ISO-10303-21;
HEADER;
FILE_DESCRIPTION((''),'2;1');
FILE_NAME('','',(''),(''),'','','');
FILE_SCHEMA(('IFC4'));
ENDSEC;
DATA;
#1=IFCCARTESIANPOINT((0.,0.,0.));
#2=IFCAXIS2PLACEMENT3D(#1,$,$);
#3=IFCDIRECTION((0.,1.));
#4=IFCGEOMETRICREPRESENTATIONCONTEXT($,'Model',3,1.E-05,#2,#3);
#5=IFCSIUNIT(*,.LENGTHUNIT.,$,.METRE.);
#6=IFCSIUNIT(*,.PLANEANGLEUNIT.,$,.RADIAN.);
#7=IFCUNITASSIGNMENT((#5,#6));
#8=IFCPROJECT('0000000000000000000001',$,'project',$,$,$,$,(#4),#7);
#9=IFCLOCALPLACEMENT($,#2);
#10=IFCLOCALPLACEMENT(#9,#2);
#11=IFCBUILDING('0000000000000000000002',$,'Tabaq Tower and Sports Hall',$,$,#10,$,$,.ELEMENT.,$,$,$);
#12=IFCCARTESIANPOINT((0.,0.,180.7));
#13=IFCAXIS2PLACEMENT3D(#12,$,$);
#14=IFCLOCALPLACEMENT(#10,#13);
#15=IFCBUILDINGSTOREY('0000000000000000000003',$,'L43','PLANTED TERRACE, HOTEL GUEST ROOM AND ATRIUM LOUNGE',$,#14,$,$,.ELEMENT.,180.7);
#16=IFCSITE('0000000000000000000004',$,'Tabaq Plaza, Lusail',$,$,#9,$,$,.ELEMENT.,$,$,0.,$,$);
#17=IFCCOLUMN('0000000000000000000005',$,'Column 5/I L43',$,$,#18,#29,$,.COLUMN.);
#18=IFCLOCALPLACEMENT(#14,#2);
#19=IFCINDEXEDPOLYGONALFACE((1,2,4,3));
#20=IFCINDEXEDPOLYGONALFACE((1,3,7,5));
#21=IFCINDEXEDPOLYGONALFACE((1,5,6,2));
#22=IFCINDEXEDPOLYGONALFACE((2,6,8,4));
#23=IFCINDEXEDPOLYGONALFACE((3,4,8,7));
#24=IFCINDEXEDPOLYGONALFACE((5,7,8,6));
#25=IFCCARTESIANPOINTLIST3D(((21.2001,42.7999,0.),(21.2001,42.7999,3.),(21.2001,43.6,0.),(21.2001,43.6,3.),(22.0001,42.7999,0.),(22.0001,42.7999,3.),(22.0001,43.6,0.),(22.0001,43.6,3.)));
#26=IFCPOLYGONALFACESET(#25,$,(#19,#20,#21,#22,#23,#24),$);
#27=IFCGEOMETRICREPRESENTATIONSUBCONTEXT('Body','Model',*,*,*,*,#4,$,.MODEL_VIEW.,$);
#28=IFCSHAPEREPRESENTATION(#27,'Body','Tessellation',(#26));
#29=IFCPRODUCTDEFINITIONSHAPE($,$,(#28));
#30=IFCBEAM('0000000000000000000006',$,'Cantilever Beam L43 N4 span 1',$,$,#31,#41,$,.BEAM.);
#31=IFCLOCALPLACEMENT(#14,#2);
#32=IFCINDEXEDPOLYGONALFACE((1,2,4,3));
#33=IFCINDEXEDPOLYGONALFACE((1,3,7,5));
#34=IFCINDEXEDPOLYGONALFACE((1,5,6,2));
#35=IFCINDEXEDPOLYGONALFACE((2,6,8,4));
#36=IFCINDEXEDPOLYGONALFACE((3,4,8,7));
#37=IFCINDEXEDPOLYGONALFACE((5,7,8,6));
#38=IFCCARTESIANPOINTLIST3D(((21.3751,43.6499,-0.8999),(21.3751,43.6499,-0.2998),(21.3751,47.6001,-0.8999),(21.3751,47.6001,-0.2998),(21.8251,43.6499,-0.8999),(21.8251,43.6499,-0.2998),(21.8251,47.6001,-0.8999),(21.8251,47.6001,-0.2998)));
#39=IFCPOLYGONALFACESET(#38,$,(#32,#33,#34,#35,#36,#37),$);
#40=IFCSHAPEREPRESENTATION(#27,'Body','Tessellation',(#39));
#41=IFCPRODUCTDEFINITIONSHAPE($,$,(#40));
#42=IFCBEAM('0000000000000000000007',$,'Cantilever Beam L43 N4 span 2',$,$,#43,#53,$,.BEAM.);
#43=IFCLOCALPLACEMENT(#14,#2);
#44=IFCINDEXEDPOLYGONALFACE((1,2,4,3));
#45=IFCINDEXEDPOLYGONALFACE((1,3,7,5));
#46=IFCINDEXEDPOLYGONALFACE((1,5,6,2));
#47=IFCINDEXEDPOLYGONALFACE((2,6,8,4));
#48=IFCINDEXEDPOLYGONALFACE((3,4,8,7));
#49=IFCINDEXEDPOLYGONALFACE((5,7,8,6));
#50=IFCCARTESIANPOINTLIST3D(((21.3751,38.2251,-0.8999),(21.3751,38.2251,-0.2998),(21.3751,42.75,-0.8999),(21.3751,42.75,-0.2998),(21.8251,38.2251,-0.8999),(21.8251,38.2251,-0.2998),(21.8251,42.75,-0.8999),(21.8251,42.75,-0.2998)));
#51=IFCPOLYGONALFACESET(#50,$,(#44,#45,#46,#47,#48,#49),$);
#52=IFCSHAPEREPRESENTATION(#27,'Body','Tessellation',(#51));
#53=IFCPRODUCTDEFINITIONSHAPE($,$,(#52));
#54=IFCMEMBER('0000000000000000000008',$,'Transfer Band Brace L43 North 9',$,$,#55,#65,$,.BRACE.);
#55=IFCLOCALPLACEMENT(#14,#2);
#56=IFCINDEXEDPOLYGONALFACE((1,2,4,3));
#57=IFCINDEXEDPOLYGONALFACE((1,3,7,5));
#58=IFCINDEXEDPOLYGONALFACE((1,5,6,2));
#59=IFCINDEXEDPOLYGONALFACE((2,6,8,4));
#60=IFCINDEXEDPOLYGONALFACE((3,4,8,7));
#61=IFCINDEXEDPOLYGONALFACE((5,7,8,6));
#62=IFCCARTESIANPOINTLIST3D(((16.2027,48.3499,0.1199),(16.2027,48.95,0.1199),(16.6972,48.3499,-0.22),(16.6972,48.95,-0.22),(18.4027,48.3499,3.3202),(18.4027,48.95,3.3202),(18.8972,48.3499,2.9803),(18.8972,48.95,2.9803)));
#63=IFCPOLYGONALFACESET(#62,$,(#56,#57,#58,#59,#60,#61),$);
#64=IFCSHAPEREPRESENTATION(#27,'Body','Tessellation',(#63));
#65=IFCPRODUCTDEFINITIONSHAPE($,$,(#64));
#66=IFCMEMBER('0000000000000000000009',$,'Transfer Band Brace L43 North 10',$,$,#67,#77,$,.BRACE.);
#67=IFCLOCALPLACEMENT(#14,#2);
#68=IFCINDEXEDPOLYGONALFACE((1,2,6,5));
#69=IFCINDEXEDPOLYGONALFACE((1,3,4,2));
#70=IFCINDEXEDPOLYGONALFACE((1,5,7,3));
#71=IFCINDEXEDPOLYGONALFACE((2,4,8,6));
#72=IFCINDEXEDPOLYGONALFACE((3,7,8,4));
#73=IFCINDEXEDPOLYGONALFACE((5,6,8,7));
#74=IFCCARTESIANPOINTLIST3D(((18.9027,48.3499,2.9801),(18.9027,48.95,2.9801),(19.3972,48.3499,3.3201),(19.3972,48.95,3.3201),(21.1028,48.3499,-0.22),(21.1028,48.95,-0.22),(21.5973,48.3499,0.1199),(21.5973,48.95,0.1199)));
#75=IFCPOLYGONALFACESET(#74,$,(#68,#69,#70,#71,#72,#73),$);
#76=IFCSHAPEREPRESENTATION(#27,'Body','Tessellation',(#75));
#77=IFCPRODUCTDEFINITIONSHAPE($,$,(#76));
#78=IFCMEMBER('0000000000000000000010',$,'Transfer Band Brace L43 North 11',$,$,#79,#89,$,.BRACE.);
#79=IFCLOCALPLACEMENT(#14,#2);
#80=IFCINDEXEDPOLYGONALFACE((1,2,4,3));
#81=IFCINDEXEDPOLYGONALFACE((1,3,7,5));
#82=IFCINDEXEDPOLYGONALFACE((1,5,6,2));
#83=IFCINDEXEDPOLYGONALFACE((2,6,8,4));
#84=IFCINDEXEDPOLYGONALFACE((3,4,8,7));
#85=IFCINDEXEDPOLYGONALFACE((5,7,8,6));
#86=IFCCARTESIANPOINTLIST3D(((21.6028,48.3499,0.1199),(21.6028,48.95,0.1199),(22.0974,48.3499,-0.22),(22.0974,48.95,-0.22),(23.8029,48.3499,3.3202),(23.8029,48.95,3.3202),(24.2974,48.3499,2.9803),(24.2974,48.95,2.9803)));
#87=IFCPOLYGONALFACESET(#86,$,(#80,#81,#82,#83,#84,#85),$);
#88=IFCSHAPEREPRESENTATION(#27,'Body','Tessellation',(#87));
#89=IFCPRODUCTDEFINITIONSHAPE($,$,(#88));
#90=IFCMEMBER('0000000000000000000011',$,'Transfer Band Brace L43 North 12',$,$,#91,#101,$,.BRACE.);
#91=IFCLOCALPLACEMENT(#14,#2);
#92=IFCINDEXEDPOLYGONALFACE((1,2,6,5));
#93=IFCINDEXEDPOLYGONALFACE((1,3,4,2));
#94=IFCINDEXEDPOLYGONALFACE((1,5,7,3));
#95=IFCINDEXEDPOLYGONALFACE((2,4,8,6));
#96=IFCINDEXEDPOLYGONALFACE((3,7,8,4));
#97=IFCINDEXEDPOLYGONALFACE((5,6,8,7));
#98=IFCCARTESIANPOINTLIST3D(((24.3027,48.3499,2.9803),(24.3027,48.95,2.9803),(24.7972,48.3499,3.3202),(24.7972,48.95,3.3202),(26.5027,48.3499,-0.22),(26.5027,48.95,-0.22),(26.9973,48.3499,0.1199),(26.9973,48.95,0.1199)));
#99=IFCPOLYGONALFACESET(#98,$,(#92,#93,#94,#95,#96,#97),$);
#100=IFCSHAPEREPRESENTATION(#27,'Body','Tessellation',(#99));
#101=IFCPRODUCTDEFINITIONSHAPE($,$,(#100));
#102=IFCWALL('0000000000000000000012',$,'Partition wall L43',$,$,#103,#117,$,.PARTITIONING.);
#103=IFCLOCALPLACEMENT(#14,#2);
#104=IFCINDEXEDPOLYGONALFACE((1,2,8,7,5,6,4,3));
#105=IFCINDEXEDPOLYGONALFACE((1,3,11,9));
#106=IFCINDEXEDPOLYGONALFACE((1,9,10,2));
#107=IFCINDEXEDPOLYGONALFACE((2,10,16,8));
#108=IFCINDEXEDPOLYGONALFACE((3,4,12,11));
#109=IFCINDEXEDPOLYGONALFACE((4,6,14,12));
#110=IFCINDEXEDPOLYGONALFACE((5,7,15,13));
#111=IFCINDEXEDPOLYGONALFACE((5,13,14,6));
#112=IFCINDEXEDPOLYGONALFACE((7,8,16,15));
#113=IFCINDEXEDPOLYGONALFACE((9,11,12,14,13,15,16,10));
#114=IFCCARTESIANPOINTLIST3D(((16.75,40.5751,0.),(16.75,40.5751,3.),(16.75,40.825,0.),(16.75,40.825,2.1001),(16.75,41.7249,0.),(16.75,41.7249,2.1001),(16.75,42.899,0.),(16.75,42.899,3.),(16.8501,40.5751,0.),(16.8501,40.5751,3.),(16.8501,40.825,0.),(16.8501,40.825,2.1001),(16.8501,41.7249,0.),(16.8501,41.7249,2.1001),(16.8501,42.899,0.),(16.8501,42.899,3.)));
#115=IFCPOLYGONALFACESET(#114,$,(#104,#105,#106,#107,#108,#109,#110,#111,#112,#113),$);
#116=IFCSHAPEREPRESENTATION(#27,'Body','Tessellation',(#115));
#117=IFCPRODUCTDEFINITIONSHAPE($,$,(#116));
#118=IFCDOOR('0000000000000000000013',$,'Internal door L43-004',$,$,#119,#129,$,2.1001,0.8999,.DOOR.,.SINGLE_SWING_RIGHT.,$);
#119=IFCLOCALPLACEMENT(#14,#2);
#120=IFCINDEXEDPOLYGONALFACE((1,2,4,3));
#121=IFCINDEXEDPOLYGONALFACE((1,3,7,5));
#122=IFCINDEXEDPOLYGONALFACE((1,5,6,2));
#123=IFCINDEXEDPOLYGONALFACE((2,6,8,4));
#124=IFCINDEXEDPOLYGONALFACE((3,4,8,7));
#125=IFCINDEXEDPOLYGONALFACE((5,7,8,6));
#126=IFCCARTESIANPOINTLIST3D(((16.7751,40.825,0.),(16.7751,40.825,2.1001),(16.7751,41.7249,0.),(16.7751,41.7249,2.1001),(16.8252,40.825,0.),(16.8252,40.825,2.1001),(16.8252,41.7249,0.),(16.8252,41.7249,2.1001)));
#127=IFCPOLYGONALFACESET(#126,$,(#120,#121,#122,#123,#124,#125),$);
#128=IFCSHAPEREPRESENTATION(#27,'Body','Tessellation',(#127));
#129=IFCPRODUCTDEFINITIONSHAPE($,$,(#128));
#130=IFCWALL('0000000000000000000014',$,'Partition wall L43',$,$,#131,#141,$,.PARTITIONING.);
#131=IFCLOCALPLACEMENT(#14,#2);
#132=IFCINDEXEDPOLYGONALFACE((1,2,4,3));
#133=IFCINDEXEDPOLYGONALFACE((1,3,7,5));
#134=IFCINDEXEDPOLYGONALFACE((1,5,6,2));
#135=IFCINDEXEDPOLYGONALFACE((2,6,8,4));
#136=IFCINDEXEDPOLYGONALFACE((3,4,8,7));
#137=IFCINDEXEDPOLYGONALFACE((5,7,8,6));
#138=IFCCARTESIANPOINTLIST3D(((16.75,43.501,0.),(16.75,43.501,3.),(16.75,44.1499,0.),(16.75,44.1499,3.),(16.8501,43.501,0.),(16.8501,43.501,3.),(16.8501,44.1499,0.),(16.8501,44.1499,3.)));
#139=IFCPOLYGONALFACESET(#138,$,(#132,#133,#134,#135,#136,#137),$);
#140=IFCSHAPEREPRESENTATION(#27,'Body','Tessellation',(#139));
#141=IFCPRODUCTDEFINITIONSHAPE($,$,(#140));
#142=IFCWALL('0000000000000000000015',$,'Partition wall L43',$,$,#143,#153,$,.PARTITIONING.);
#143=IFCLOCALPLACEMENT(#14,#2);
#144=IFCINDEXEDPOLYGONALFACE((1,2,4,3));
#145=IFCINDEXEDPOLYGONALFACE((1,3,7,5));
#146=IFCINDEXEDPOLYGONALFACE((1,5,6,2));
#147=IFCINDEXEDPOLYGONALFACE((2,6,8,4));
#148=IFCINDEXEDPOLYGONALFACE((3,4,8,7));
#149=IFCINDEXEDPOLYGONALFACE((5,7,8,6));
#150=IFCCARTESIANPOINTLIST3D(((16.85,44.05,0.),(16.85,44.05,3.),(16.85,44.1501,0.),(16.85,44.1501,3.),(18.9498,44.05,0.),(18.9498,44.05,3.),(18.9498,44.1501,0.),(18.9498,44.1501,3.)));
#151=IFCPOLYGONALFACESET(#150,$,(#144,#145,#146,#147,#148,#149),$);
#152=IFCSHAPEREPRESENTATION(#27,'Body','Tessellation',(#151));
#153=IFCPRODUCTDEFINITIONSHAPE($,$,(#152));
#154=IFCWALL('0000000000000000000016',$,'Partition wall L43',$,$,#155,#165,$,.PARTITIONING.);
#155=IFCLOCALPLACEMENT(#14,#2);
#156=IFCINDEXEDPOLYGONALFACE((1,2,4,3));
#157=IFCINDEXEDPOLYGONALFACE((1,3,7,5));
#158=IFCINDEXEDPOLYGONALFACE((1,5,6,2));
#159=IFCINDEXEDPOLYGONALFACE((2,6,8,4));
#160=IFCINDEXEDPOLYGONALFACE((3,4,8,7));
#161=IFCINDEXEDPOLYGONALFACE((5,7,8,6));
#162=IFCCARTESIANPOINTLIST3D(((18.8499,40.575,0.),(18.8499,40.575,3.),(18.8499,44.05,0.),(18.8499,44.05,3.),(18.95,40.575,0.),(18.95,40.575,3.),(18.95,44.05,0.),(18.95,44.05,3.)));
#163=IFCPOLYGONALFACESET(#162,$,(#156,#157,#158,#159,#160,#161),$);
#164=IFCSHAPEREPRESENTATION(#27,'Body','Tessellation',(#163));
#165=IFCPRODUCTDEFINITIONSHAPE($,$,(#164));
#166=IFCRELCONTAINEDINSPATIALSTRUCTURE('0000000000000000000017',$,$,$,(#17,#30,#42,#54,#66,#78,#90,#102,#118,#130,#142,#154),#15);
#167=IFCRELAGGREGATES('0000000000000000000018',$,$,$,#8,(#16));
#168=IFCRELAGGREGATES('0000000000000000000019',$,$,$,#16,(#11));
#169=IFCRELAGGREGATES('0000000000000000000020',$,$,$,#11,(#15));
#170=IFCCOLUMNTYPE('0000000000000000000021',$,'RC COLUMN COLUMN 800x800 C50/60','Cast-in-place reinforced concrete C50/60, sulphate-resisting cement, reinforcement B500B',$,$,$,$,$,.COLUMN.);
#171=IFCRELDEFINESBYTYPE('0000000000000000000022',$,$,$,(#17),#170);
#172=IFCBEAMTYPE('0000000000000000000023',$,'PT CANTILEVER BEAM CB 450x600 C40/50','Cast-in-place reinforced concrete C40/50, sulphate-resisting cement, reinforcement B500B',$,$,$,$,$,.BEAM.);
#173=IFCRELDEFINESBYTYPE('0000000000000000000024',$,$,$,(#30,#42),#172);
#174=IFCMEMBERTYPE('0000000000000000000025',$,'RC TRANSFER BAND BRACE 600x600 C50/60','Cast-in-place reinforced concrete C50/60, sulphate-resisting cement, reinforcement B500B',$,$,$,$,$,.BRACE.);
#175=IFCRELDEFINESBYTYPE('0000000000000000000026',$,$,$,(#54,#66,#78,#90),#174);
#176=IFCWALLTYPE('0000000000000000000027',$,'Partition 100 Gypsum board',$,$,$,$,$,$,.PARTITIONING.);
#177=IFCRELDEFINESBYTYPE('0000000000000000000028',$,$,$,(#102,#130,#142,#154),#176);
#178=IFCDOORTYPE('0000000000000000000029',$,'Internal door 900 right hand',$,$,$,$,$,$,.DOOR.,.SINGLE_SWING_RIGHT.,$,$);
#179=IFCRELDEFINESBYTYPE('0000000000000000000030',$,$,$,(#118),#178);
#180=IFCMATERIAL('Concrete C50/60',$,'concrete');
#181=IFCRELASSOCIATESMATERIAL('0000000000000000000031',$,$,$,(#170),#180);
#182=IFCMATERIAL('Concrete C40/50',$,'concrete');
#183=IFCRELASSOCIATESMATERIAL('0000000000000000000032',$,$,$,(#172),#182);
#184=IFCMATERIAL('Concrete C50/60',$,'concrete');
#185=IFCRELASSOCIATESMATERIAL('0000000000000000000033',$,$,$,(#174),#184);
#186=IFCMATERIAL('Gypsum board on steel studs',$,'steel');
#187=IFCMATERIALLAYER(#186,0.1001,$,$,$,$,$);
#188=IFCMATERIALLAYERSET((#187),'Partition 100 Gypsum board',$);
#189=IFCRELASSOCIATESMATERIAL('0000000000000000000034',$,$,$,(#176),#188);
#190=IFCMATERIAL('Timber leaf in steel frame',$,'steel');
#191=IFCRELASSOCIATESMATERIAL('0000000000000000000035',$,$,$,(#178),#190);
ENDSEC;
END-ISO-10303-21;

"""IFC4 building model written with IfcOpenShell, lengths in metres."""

from ifc_helpers import new_model, si_unit, direction, frame, frame_2d, origin, origin_2d, place, context, subcontext, project, spatial, rectangle, extrude, material, layer, layer_set, material_profile, profile_set, type_object, element, fill, save


model = new_model("IFC4")

# Units and contexts
model_context = context("Model", 3, precision=1e-05, world=origin(), true_north=direction((0.0, 1.0)))
body_context = subcontext(model_context, "Body", "Model", "MODEL_VIEW")
ifc_project = project(units=[si_unit("LENGTHUNIT", "METRE"), si_unit("PLANEANGLEUNIT", "RADIAN")], contexts=[model_context])

# Site, building, storey
site_placement = place(None, origin())
site = spatial("IfcSite", under=ifc_project, at=site_placement, Name="Tabaq Plaza, Lusail", CompositionType="ELEMENT", RefElevation=0.0)
building_placement = place(site_placement, origin())
building = spatial("IfcBuilding", under=site, at=building_placement, Name="Tabaq Tower and Sports Hall", CompositionType="ELEMENT")
storey_placement = place(building_placement, frame((0.0, 0.0, 180.7)))
storey = spatial("IfcBuildingStorey", under=building, at=storey_placement, Name="L43", Description="PLANTED TERRACE, HOTEL GUEST ROOM AND ATRIUM LOUNGE", CompositionType="ELEMENT", Elevation=180.7)

# Column
ifc_material_1 = material(Name="Concrete C50/60", Category="concrete")
ifc_material_profile_1 = material_profile(ifc_material_1, rectangle(XDim=0.8, YDim=0.8, at=origin_2d()), Name="COLUMN 800x800")
ifc_profile_set_1 = profile_set([ifc_material_profile_1], Name="Concrete C50/60")
column_type = type_object("IfcColumnType", Name="RC COLUMN COLUMN 800x800 C50/60", Description="Cast-in-place reinforced concrete C50/60, sulphate-resisting cement, reinforcement B500B", PredefinedType="COLUMN", material=ifc_profile_set_1)
column_placement = place(storey_placement, frame((21.6001, 43.2, 0.0), z_axis=(0.0, 0.0, 1.0), x_axis=(1.0, 0.0, 0.0)))
element("IfcColumn", 1, at=column_placement, inside=storey, type_object=column_type, Name="Column 5/I L43", PredefinedType="COLUMN", context=body_context, shape_type="SweptSolid", body=[
    extrude(rectangle(XDim=0.8, YDim=0.8, at=origin_2d()), origin(), (0.0, 0.0, 1.0), 3.0),
])

# Beams
ifc_material_2 = material(Name="Concrete C40/50", Category="concrete")
ifc_material_profile_2 = material_profile(ifc_material_2, rectangle(XDim=0.45, YDim=0.6001, at=origin_2d()), Name="CB 450x600")
ifc_profile_set_2 = profile_set([ifc_material_profile_2], Name="Concrete C40/50")
beam_type = type_object("IfcBeamType", Name="PT CANTILEVER BEAM CB 450x600 C40/50", Description="Cast-in-place reinforced concrete C40/50, sulphate-resisting cement, reinforcement B500B", PredefinedType="BEAM", material=ifc_profile_set_2)
beam_1_placement = place(storey_placement, frame((21.6001, 47.6001, -0.5999), z_axis=(0.0, -1.0, 0.0), x_axis=(1.0, 0.0, 0.0)))
element("IfcBeam", 2, at=beam_1_placement, inside=storey, type_object=beam_type, Name="Cantilever Beam L43 N4 span 1", PredefinedType="BEAM", context=body_context, shape_type="SweptSolid", body=[
    extrude(rectangle(XDim=0.45, YDim=0.6001, at=origin_2d()), origin(), (0.0, 0.0, 1.0), 3.9502),
])
beam_2_placement = place(storey_placement, frame((21.6001, 42.75, -0.5999), z_axis=(0.0, -1.0, 0.0), x_axis=(1.0, 0.0, 0.0)))
element("IfcBeam", 3, at=beam_2_placement, inside=storey, type_object=beam_type, Name="Cantilever Beam L43 N4 span 2", PredefinedType="BEAM", context=body_context, shape_type="SweptSolid", body=[
    extrude(rectangle(XDim=0.45, YDim=0.6001, at=origin_2d()), origin(), (0.0, 0.0, 1.0), 4.5249),
])

# Members
ifc_material_3 = material(Name="Concrete C50/60", Category="concrete")
ifc_material_profile_3 = material_profile(ifc_material_3, rectangle(XDim=0.6001, YDim=0.6001, at=origin_2d()), Name="TRANSFER BAND BRACE 600x600")
ifc_profile_set_3 = profile_set([ifc_material_profile_3], Name="Concrete C50/60")
member_type = type_object("IfcMemberType", Name="RC TRANSFER BAND BRACE 600x600 C50/60", Description="Cast-in-place reinforced concrete C50/60, sulphate-resisting cement, reinforcement B500B", PredefinedType="BRACE", material=ifc_profile_set_3)
for number, where, z_axis, x_axis, name in (
    (4, (16.45, 48.6499, -0.05), (0.566497, 0.0, 0.824064), (0.0, 1.0, 0.0), "Transfer Band Brace L43 North 9"),
    (5, (21.3501, 48.6499, -0.05), (-0.566539, 0.0, 0.824035), (0.0, -1.0, 0.0), "Transfer Band Brace L43 North 10"),
    (6, (21.8501, 48.6499, -0.05), (0.566497, 0.0, 0.824064), (0.0, 1.0, 0.0), "Transfer Band Brace L43 North 11"),
    (7, (26.75, 48.6499, -0.05), (-0.566497, 0.0, 0.824064), (0.0, -1.0, 0.0), "Transfer Band Brace L43 North 12"),
):
    element("IfcMember", number, at=place(storey_placement, frame(where, z_axis=z_axis, x_axis=x_axis)), inside=storey, type_object=member_type, Name=name, PredefinedType="BRACE", context=body_context, shape_type="SweptSolid", body=[
        extrude(rectangle(XDim=0.6001, YDim=0.6001, at=origin_2d()), origin(), (0.0, 0.0, 1.0), 3.8835),
    ])

# Wall, opening, door
ifc_material_4 = material(Name="Gypsum board on steel studs", Category="steel")
ifc_layer_1 = layer(ifc_material_4, 0.1001)
ifc_layer_set_1 = layer_set([ifc_layer_1], Name="Partition 100 Gypsum board")
wall_type_1 = type_object("IfcWallType", Name="Partition 100 Gypsum board", PredefinedType="PARTITIONING", material=ifc_layer_set_1)
wall_1_placement = place(storey_placement, frame((16.8, 40.575, 0.0), z_axis=(0.0, 0.0, 1.0), x_axis=(0.0, 1.0, 0.0)))
wall_1 = element("IfcWall", 8, at=wall_1_placement, inside=storey, type_object=wall_type_1, Name="Partition wall L43", PredefinedType="PARTITIONING", context=body_context, shape_type="SweptSolid", body=[
    extrude(rectangle(XDim=2.324, YDim=0.1001, at=frame_2d((1.1621, 0.0))), origin(), (0.0, 0.0, 1.0), 3.0),
])
opening_1_placement = place(wall_1_placement, frame((0.25, 0.0, 0.0)))
opening_1 = element("IfcOpeningElement", 9, at=opening_1_placement, cuts=wall_1, PredefinedType="OPENING", context=body_context, shape_type="SweptSolid", body=[
    extrude(rectangle(XDim=0.8999, YDim=2.1001, at=frame_2d((0.45, 1.05))), frame((0.0, 0.05, 0.0), z_axis=(0.0, -1.0, 0.0), x_axis=(1.0, 0.0, 0.0)), (0.0, 0.0, 1.0), 0.1001),
])
ifc_material_5 = material(Name="Timber leaf in steel frame", Category="steel")
door_type = type_object("IfcDoorType", Name="Internal door 900 right hand", OperationType="SINGLE_SWING_RIGHT", PredefinedType="DOOR", material=ifc_material_5)
door_1_placement = place(opening_1_placement, origin())
door_1 = element("IfcDoor", 10, at=door_1_placement, inside=storey, type_object=door_type, Name="Internal door L43-004", OperationType="SINGLE_SWING_RIGHT", OverallHeight=2.1001, OverallWidth=0.8999, PredefinedType="DOOR", context=body_context, shape_type="SweptSolid", body=[
    extrude(rectangle(XDim=0.8999, YDim=2.1001, at=frame_2d((0.45, 1.05))), frame((0.0, 0.0249, 0.0), z_axis=(0.0, -1.0, 0.0), x_axis=(1.0, 0.0, 0.0)), (0.0, 0.0, 1.0), 0.05),
])
fill(opening_1, door_1)

# Walls
wall_2_placement = place(storey_placement, frame((16.8, 43.501, 0.0), z_axis=(0.0, 0.0, 1.0), x_axis=(0.0, 1.0, 0.0)))
element("IfcWall", 11, at=wall_2_placement, inside=storey, type_object=wall_type_1, Name="Partition wall L43", PredefinedType="PARTITIONING", context=body_context, shape_type="SweptSolid", body=[
    extrude(rectangle(XDim=0.6489, YDim=0.1001, at=frame_2d((0.3245, 0.0))), origin(), (0.0, 0.0, 1.0), 3.0),
])
wall_3_placement = place(storey_placement, frame((16.8501, 44.1001, 0.0), z_axis=(0.0, 0.0, 1.0), x_axis=(1.0, 0.0, 0.0)))
element("IfcWall", 12, at=wall_3_placement, inside=storey, type_object=wall_type_1, Name="Partition wall L43", PredefinedType="PARTITIONING", context=body_context, shape_type="SweptSolid", body=[
    extrude(rectangle(XDim=2.0999, YDim=0.1001, at=frame_2d((1.0498, 0.0))), origin(), (0.0, 0.0, 1.0), 3.0),
])
wall_4_placement = place(storey_placement, frame((18.8999, 44.05, 0.0), z_axis=(0.0, 0.0, 1.0), x_axis=(0.0, -1.0, 0.0)))
element("IfcWall", 13, at=wall_4_placement, inside=storey, type_object=wall_type_1, Name="Partition wall L43", PredefinedType="PARTITIONING", context=body_context, shape_type="SweptSolid", body=[
    extrude(rectangle(XDim=3.4751, YDim=0.1001, at=frame_2d((1.7375, 0.0))), origin(), (0.0, 0.0, 1.0), 3.0),
])

save(model, "model.ifc")
